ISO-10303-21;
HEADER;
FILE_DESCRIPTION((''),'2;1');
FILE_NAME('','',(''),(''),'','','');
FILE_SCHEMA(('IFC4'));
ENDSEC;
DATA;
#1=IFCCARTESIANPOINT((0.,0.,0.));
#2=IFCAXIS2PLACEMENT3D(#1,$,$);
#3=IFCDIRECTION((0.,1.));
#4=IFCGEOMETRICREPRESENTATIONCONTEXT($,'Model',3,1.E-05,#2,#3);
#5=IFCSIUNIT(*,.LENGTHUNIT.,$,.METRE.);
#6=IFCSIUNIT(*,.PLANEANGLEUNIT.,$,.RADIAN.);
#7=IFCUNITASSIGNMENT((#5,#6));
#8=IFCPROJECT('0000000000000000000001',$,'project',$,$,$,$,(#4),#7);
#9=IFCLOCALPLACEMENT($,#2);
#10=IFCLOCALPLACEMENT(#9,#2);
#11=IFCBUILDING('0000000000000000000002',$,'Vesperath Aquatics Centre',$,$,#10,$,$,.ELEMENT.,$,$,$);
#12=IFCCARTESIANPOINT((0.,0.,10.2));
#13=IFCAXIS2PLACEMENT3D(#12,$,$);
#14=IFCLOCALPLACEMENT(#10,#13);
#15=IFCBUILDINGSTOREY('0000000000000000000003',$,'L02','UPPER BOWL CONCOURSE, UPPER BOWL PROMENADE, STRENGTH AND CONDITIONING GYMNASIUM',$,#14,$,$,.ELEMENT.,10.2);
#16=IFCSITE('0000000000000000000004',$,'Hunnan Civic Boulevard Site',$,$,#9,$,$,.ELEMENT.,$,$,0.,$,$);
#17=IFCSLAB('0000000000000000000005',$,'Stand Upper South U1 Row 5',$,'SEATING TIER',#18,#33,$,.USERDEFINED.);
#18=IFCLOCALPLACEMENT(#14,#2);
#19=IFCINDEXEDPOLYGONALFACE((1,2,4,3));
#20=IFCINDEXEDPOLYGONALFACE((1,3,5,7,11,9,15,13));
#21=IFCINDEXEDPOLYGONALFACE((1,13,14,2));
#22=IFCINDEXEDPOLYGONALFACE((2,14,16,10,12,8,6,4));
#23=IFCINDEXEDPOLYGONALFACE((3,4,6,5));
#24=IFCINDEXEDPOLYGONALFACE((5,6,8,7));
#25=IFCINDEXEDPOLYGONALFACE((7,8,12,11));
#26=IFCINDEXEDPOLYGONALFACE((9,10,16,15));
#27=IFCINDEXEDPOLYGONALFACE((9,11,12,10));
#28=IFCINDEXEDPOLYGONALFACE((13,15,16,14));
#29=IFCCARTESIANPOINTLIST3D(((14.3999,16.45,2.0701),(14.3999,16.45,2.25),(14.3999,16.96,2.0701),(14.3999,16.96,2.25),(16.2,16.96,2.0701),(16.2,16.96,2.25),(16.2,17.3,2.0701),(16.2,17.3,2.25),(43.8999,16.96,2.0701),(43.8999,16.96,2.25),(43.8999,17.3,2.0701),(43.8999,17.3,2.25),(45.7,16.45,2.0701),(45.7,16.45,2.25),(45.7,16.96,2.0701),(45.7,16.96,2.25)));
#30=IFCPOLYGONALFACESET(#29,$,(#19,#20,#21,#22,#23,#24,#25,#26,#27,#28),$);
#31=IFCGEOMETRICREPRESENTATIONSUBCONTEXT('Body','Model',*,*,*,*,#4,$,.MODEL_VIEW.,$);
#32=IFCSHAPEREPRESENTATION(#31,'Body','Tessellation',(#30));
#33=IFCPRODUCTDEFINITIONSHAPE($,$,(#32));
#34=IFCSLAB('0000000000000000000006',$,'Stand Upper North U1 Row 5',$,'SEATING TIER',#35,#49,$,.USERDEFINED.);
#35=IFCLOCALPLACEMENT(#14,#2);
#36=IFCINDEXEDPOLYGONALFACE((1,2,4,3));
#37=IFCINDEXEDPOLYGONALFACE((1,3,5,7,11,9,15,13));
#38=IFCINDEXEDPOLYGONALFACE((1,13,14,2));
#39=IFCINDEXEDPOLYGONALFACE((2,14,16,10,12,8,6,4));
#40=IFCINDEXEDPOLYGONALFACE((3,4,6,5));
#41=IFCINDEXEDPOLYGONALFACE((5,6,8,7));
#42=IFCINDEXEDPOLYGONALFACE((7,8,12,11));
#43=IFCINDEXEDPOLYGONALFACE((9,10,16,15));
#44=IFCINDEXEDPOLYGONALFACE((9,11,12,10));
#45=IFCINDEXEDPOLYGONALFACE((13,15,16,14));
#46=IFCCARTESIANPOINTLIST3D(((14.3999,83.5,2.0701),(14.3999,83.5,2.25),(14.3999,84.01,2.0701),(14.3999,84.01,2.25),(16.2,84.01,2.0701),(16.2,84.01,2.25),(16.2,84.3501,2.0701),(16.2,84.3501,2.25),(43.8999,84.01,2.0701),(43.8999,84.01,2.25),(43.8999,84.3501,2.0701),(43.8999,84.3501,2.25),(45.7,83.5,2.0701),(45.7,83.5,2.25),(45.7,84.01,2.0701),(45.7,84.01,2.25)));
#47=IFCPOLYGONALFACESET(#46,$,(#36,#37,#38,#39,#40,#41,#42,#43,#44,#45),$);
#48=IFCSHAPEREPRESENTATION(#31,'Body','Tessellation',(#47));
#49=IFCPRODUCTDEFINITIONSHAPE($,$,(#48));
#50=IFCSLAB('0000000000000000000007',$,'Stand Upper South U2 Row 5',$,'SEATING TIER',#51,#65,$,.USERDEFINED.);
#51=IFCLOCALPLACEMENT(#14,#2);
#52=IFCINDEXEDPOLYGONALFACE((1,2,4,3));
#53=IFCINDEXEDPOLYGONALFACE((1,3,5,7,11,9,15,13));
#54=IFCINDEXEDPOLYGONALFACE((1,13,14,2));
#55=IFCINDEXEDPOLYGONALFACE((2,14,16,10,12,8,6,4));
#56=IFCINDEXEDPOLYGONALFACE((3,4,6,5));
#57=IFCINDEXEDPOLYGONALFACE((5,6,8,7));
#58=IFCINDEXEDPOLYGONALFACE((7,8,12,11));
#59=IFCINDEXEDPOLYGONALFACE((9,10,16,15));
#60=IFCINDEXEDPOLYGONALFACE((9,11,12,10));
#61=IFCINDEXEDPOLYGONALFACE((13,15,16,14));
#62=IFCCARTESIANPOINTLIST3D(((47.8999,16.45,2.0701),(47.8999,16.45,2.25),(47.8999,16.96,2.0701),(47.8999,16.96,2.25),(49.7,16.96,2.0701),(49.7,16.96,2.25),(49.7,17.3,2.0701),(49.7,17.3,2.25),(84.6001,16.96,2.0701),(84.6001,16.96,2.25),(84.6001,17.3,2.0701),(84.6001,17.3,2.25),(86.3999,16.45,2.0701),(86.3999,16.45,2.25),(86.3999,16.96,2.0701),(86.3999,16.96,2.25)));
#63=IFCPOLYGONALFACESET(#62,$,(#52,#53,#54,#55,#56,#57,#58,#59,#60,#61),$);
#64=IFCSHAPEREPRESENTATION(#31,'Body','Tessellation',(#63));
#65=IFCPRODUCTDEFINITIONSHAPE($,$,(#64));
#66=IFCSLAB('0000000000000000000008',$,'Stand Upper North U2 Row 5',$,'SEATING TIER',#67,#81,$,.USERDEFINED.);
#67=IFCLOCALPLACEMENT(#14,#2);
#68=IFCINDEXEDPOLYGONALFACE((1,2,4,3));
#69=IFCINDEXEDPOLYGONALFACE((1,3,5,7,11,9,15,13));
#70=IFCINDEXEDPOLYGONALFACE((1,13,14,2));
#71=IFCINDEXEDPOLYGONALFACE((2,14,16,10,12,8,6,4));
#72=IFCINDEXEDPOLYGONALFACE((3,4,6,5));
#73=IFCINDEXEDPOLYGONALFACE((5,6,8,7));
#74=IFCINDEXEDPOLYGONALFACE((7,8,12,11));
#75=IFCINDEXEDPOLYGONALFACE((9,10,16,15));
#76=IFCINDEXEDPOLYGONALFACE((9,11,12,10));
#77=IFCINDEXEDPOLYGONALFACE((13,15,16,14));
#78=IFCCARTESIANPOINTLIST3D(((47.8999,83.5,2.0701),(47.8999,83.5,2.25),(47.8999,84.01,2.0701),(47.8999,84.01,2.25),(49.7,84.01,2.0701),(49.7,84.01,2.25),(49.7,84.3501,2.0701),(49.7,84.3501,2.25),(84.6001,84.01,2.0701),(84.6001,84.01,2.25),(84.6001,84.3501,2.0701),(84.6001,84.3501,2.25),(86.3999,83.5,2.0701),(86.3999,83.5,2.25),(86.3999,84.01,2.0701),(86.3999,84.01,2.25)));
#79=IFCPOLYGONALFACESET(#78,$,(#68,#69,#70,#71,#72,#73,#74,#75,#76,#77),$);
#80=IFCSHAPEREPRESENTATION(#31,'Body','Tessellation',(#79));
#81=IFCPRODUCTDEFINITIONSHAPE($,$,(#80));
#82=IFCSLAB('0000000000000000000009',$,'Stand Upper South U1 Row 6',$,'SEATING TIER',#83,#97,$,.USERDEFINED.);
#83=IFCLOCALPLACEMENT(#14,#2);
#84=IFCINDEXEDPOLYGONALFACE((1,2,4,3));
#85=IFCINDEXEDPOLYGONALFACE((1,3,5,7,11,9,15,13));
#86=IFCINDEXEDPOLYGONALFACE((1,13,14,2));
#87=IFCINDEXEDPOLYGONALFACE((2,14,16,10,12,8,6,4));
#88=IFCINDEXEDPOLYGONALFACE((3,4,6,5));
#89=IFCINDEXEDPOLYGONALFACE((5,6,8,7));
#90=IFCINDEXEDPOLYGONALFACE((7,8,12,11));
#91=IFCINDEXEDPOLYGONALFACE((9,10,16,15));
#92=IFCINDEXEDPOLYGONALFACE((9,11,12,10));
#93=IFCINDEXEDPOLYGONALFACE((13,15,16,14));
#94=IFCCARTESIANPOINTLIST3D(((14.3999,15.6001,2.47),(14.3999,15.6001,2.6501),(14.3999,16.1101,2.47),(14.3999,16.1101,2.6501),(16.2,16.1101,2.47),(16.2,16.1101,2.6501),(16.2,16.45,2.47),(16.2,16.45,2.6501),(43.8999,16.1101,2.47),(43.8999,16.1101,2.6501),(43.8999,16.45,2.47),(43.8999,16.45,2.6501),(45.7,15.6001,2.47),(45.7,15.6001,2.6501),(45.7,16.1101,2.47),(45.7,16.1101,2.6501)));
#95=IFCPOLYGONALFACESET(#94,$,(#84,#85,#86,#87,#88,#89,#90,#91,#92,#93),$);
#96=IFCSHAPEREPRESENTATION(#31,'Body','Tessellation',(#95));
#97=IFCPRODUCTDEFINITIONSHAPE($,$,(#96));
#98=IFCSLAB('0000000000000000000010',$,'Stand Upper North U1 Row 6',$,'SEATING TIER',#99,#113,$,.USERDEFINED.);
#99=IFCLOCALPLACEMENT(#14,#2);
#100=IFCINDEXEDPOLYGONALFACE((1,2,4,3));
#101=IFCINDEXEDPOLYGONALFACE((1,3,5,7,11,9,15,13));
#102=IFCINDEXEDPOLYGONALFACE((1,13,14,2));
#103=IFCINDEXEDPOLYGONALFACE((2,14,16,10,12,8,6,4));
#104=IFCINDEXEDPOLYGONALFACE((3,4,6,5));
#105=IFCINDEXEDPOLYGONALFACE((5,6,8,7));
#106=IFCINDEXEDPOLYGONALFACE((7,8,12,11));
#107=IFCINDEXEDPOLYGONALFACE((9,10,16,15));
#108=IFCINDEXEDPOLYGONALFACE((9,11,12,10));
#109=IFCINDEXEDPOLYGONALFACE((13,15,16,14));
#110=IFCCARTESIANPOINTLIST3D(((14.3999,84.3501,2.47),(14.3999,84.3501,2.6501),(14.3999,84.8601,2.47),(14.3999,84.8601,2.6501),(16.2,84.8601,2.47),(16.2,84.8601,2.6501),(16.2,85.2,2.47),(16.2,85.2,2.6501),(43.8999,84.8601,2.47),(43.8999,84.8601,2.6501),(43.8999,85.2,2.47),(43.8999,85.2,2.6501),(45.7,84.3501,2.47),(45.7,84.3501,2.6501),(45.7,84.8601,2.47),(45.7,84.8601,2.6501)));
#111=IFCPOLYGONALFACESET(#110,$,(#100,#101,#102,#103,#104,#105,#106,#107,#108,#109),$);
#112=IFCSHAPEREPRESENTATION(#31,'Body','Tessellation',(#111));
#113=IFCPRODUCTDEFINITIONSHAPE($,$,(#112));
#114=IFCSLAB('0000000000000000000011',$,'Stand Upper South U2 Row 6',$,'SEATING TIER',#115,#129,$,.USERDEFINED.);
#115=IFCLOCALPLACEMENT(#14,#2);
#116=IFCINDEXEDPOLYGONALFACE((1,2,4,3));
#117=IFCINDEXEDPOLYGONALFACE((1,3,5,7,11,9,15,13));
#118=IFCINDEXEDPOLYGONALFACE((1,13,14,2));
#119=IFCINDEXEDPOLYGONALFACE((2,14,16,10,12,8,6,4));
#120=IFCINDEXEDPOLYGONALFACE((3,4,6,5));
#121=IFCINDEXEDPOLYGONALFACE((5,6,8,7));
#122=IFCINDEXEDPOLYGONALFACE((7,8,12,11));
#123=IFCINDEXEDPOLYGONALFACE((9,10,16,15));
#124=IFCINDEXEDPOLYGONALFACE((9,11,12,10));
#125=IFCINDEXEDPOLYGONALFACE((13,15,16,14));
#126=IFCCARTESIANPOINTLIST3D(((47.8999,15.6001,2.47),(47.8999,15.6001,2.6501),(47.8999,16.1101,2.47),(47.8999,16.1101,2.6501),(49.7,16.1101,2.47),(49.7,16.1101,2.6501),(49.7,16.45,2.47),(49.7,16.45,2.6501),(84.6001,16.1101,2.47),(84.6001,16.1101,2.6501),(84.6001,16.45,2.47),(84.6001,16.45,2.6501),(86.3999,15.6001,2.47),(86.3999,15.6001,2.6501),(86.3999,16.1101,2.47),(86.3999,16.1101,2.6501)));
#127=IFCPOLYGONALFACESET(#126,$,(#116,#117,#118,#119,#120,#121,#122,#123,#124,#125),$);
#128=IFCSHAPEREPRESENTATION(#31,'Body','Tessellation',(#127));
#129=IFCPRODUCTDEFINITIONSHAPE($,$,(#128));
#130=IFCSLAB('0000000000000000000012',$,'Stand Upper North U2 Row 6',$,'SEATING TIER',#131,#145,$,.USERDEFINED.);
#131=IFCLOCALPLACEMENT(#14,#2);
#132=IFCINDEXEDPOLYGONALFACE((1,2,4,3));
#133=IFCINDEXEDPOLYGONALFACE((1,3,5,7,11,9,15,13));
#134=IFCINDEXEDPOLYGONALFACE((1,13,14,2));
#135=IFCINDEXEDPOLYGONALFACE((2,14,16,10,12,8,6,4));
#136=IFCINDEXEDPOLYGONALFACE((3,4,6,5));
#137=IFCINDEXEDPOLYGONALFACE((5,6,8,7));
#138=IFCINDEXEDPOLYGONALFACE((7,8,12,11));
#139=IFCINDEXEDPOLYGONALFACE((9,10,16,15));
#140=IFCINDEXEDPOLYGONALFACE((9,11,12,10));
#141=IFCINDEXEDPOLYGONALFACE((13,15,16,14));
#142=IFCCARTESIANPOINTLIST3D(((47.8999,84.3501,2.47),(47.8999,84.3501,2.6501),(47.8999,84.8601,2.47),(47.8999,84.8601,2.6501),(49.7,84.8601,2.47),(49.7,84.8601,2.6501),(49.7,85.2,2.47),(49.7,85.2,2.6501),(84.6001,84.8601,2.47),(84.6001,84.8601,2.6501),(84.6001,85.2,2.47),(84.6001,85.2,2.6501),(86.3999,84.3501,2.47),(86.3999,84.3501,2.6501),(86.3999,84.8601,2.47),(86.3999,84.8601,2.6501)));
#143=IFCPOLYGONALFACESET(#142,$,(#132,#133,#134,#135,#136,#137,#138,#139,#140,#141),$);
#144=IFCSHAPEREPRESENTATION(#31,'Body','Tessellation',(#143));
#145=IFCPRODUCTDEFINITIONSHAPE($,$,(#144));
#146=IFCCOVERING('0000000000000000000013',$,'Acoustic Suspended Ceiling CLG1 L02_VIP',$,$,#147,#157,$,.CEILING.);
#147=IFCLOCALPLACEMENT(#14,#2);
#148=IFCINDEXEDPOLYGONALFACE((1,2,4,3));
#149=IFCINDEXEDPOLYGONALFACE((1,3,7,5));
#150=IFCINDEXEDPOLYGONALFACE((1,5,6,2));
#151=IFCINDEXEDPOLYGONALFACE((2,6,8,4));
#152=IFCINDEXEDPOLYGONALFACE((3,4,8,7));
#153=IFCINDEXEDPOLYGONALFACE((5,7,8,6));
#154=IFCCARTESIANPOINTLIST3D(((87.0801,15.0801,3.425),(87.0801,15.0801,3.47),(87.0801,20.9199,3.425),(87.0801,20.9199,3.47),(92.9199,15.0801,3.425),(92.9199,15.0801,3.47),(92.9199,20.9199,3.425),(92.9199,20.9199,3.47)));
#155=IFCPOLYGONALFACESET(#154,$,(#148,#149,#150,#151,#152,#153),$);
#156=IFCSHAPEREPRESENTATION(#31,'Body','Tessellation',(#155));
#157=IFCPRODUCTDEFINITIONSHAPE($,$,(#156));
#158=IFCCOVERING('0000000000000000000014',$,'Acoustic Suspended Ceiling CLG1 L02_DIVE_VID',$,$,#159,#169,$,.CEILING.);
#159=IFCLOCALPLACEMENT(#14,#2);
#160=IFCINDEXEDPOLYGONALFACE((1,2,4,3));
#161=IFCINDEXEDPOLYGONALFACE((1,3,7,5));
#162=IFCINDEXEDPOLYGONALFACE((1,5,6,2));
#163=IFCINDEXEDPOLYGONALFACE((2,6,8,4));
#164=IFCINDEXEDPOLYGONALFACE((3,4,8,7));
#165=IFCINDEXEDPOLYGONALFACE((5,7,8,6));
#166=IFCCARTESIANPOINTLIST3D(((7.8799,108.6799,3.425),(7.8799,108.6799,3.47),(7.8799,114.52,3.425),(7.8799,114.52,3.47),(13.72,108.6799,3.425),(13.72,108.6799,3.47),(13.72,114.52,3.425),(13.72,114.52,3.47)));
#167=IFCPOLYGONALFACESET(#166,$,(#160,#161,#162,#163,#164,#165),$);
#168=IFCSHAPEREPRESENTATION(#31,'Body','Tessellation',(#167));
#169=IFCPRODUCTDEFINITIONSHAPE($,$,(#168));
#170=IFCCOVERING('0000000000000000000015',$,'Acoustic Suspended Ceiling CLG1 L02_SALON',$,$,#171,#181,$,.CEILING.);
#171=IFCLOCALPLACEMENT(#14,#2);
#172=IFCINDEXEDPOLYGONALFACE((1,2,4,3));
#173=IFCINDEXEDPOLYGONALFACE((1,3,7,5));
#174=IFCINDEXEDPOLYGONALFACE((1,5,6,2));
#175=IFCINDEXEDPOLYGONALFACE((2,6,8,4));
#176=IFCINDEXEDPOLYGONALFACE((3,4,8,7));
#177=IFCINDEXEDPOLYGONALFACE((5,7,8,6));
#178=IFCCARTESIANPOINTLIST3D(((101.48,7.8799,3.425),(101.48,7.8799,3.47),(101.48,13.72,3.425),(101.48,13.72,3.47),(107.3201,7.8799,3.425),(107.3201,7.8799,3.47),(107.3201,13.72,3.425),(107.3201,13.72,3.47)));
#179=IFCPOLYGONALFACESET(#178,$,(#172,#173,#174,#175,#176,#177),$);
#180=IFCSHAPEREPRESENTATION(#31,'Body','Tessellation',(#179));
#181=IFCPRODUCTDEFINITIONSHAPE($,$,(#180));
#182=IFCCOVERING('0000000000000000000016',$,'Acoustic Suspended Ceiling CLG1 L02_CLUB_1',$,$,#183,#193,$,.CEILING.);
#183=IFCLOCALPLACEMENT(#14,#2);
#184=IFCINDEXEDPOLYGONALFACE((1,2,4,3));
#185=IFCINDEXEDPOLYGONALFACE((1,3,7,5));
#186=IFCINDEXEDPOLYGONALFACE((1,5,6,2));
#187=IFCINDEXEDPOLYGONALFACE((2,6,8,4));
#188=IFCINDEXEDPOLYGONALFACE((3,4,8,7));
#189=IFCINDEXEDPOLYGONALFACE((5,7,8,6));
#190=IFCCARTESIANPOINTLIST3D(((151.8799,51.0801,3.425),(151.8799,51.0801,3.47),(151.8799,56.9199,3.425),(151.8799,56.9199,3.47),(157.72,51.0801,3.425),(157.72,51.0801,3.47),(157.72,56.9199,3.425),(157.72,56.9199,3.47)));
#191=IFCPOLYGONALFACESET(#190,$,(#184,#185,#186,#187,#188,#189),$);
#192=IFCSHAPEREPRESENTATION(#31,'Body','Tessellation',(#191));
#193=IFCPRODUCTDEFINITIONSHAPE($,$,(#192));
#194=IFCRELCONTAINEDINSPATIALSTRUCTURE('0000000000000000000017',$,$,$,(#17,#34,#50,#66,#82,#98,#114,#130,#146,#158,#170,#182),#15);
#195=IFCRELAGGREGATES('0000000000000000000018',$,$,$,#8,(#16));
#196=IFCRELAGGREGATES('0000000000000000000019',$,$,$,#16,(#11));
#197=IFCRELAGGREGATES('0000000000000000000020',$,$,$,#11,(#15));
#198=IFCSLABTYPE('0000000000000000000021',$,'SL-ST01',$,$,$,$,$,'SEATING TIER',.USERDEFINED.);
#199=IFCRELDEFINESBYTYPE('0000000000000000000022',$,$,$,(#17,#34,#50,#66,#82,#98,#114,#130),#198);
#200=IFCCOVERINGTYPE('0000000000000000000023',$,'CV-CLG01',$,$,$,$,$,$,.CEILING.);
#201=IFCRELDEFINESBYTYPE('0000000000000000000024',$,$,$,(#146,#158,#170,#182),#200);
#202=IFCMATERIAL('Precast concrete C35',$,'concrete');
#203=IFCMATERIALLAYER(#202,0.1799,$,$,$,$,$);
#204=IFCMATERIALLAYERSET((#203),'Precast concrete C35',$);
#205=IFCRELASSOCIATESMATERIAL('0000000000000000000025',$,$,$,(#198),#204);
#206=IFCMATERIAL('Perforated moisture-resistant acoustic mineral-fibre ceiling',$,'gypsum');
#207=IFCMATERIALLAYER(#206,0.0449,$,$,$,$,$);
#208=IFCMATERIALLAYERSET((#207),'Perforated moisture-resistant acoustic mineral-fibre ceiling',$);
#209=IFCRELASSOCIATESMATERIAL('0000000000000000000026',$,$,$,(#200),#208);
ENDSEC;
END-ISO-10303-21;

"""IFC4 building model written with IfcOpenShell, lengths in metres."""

from ifc_helpers import new_model, si_unit, direction, frame, origin, place, context, subcontext, project, spatial, polyline, outline, extrude, material, layer, layer_set, type_object, element, save


model = new_model("IFC4")

# Units and contexts
model_context = context("Model", 3, precision=1e-05, world=origin(), true_north=direction((0.0, 1.0)))
body_context = subcontext(model_context, "Body", "Model", "MODEL_VIEW")
ifc_project = project(units=[si_unit("LENGTHUNIT", "METRE"), si_unit("PLANEANGLEUNIT", "RADIAN")], contexts=[model_context])

# Site, building, storey
site_placement = place(None, origin())
site = spatial("IfcSite", under=ifc_project, at=site_placement, Name="Hunnan Civic Boulevard Site", CompositionType="ELEMENT", RefElevation=0.0)
building_placement = place(site_placement, origin())
building = spatial("IfcBuilding", under=site, at=building_placement, Name="Vesperath Aquatics Centre", CompositionType="ELEMENT")
storey_placement = place(building_placement, frame((0.0, 0.0, 10.2)))
storey = spatial("IfcBuildingStorey", under=building, at=storey_placement, Name="L02", Description="UPPER BOWL CONCOURSE, UPPER BOWL PROMENADE, STRENGTH AND CONDITIONING GYMNASIUM", CompositionType="ELEMENT", Elevation=10.2)

# Slabs
ifc_material_1 = material(Name="Precast concrete C35", Category="concrete")
ifc_layer_1 = layer(ifc_material_1, 0.1799)
ifc_layer_set_1 = layer_set([ifc_layer_1], Name="Precast concrete C35")
slab_type_1 = type_object("IfcSlabType", Name="SL-ST01", ElementType="SEATING TIER", PredefinedType="USERDEFINED", material=ifc_layer_set_1)
slab_1_placement = place(storey_placement, frame((0.0, 0.0, 2.0701)))
element("IfcSlab", 1, at=slab_1_placement, inside=storey, type_object=slab_type_1, Name="Stand Upper South U1 Row 5", ObjectType="SEATING TIER", PredefinedType="USERDEFINED", context=body_context, shape_type="SweptSolid", body=[
    extrude(outline(polyline([(14.3999, 16.45), (45.7, 16.45), (45.7, 16.96), (43.8999, 16.96), (43.8999, 17.3), (16.2, 17.3), (16.2, 16.96), (14.3999, 16.96), (14.3999, 16.45)])), origin(), (0.0, 0.0, 1.0), 0.1799),
])
slab_2_placement = place(storey_placement, frame((0.0, 0.0, 2.0701)))
element("IfcSlab", 2, at=slab_2_placement, inside=storey, type_object=slab_type_1, Name="Stand Upper North U1 Row 5", ObjectType="SEATING TIER", PredefinedType="USERDEFINED", context=body_context, shape_type="SweptSolid", body=[
    extrude(outline(polyline([(14.3999, 83.5), (45.7, 83.5), (45.7, 84.01), (43.8999, 84.01), (43.8999, 84.3501), (16.2, 84.3501), (16.2, 84.01), (14.3999, 84.01), (14.3999, 83.5)])), origin(), (0.0, 0.0, 1.0), 0.1799),
])
slab_3_placement = place(storey_placement, frame((0.0, 0.0, 2.0701)))
element("IfcSlab", 3, at=slab_3_placement, inside=storey, type_object=slab_type_1, Name="Stand Upper South U2 Row 5", ObjectType="SEATING TIER", PredefinedType="USERDEFINED", context=body_context, shape_type="SweptSolid", body=[
    extrude(outline(polyline([(47.8999, 16.45), (86.3999, 16.45), (86.3999, 16.96), (84.6001, 16.96), (84.6001, 17.3), (49.7, 17.3), (49.7, 16.96), (47.8999, 16.96), (47.8999, 16.45)])), origin(), (0.0, 0.0, 1.0), 0.1799),
])
slab_4_placement = place(storey_placement, frame((0.0, 0.0, 2.0701)))
element("IfcSlab", 4, at=slab_4_placement, inside=storey, type_object=slab_type_1, Name="Stand Upper North U2 Row 5", ObjectType="SEATING TIER", PredefinedType="USERDEFINED", context=body_context, shape_type="SweptSolid", body=[
    extrude(outline(polyline([(47.8999, 83.5), (86.3999, 83.5), (86.3999, 84.01), (84.6001, 84.01), (84.6001, 84.3501), (49.7, 84.3501), (49.7, 84.01), (47.8999, 84.01), (47.8999, 83.5)])), origin(), (0.0, 0.0, 1.0), 0.1799),
])
slab_5_placement = place(storey_placement, frame((0.0, 0.0, 2.47)))
element("IfcSlab", 5, at=slab_5_placement, inside=storey, type_object=slab_type_1, Name="Stand Upper South U1 Row 6", ObjectType="SEATING TIER", PredefinedType="USERDEFINED", context=body_context, shape_type="SweptSolid", body=[
    extrude(outline(polyline([(14.3999, 15.6001), (45.7, 15.6001), (45.7, 16.1101), (43.8999, 16.1101), (43.8999, 16.45), (16.2, 16.45), (16.2, 16.1101), (14.3999, 16.1101), (14.3999, 15.6001)])), origin(), (0.0, 0.0, 1.0), 0.1802),
])
slab_6_placement = place(storey_placement, frame((0.0, 0.0, 2.47)))
element("IfcSlab", 6, at=slab_6_placement, inside=storey, type_object=slab_type_1, Name="Stand Upper North U1 Row 6", ObjectType="SEATING TIER", PredefinedType="USERDEFINED", context=body_context, shape_type="SweptSolid", body=[
    extrude(outline(polyline([(14.3999, 84.3501), (45.7, 84.3501), (45.7, 84.8601), (43.8999, 84.8601), (43.8999, 85.2), (16.2, 85.2), (16.2, 84.8601), (14.3999, 84.8601), (14.3999, 84.3501)])), origin(), (0.0, 0.0, 1.0), 0.1802),
])
slab_7_placement = place(storey_placement, frame((0.0, 0.0, 2.47)))
element("IfcSlab", 7, at=slab_7_placement, inside=storey, type_object=slab_type_1, Name="Stand Upper South U2 Row 6", ObjectType="SEATING TIER", PredefinedType="USERDEFINED", context=body_context, shape_type="SweptSolid", body=[
    extrude(outline(polyline([(47.8999, 15.6001), (86.3999, 15.6001), (86.3999, 16.1101), (84.6001, 16.1101), (84.6001, 16.45), (49.7, 16.45), (49.7, 16.1101), (47.8999, 16.1101), (47.8999, 15.6001)])), origin(), (0.0, 0.0, 1.0), 0.1802),
])
slab_8_placement = place(storey_placement, frame((0.0, 0.0, 2.47)))
element("IfcSlab", 8, at=slab_8_placement, inside=storey, type_object=slab_type_1, Name="Stand Upper North U2 Row 6", ObjectType="SEATING TIER", PredefinedType="USERDEFINED", context=body_context, shape_type="SweptSolid", body=[
    extrude(outline(polyline([(47.8999, 84.3501), (86.3999, 84.3501), (86.3999, 84.8601), (84.6001, 84.8601), (84.6001, 85.2), (49.7, 85.2), (49.7, 84.8601), (47.8999, 84.8601), (47.8999, 84.3501)])), origin(), (0.0, 0.0, 1.0), 0.1802),
])

# Coverings
ifc_material_2 = material(Name="Perforated moisture-resistant acoustic mineral-fibre ceiling", Category="gypsum")
ifc_layer_2 = layer(ifc_material_2, 0.0449)
ifc_layer_set_2 = layer_set([ifc_layer_2], Name="Perforated moisture-resistant acoustic mineral-fibre ceiling")
covering_type = type_object("IfcCoveringType", Name="CV-CLG01", PredefinedType="CEILING", material=ifc_layer_set_2)
covering_1_placement = place(storey_placement, frame((0.0, 0.0, 3.425)))
element("IfcCovering", 9, at=covering_1_placement, inside=storey, type_object=covering_type, Name="Acoustic Suspended Ceiling CLG1 L02_VIP", PredefinedType="CEILING", context=body_context, shape_type="SweptSolid", body=[
    extrude(outline(polyline([(87.0801, 15.0801), (92.9199, 15.0801), (92.9199, 20.9199), (87.0801, 20.9199), (87.0801, 15.0801)])), origin(), (0.0, 0.0, 1.0), 0.0449),
])
covering_2_placement = place(storey_placement, frame((0.0, 0.0, 3.425)))
element("IfcCovering", 10, at=covering_2_placement, inside=storey, type_object=covering_type, Name="Acoustic Suspended Ceiling CLG1 L02_DIVE_VID", PredefinedType="CEILING", context=body_context, shape_type="SweptSolid", body=[
    extrude(outline(polyline([(7.8799, 108.6799), (13.72, 108.6799), (13.72, 114.52), (7.8799, 114.52), (7.8799, 108.6799)])), origin(), (0.0, 0.0, 1.0), 0.0449),
])
covering_3_placement = place(storey_placement, frame((0.0, 0.0, 3.425)))
element("IfcCovering", 11, at=covering_3_placement, inside=storey, type_object=covering_type, Name="Acoustic Suspended Ceiling CLG1 L02_SALON", PredefinedType="CEILING", context=body_context, shape_type="SweptSolid", body=[
    extrude(outline(polyline([(101.48, 7.8799), (107.3201, 7.8799), (107.3201, 13.72), (101.48, 13.72), (101.48, 7.8799)])), origin(), (0.0, 0.0, 1.0), 0.0449),
])
covering_4_placement = place(storey_placement, frame((0.0, 0.0, 3.425)))
element("IfcCovering", 12, at=covering_4_placement, inside=storey, type_object=covering_type, Name="Acoustic Suspended Ceiling CLG1 L02_CLUB_1", PredefinedType="CEILING", context=body_context, shape_type="SweptSolid", body=[
    extrude(outline(polyline([(151.8799, 51.0801), (157.72, 51.0801), (157.72, 56.9199), (151.8799, 56.9199), (151.8799, 51.0801)])), origin(), (0.0, 0.0, 1.0), 0.0449),
])

save(model, "model.ifc")
